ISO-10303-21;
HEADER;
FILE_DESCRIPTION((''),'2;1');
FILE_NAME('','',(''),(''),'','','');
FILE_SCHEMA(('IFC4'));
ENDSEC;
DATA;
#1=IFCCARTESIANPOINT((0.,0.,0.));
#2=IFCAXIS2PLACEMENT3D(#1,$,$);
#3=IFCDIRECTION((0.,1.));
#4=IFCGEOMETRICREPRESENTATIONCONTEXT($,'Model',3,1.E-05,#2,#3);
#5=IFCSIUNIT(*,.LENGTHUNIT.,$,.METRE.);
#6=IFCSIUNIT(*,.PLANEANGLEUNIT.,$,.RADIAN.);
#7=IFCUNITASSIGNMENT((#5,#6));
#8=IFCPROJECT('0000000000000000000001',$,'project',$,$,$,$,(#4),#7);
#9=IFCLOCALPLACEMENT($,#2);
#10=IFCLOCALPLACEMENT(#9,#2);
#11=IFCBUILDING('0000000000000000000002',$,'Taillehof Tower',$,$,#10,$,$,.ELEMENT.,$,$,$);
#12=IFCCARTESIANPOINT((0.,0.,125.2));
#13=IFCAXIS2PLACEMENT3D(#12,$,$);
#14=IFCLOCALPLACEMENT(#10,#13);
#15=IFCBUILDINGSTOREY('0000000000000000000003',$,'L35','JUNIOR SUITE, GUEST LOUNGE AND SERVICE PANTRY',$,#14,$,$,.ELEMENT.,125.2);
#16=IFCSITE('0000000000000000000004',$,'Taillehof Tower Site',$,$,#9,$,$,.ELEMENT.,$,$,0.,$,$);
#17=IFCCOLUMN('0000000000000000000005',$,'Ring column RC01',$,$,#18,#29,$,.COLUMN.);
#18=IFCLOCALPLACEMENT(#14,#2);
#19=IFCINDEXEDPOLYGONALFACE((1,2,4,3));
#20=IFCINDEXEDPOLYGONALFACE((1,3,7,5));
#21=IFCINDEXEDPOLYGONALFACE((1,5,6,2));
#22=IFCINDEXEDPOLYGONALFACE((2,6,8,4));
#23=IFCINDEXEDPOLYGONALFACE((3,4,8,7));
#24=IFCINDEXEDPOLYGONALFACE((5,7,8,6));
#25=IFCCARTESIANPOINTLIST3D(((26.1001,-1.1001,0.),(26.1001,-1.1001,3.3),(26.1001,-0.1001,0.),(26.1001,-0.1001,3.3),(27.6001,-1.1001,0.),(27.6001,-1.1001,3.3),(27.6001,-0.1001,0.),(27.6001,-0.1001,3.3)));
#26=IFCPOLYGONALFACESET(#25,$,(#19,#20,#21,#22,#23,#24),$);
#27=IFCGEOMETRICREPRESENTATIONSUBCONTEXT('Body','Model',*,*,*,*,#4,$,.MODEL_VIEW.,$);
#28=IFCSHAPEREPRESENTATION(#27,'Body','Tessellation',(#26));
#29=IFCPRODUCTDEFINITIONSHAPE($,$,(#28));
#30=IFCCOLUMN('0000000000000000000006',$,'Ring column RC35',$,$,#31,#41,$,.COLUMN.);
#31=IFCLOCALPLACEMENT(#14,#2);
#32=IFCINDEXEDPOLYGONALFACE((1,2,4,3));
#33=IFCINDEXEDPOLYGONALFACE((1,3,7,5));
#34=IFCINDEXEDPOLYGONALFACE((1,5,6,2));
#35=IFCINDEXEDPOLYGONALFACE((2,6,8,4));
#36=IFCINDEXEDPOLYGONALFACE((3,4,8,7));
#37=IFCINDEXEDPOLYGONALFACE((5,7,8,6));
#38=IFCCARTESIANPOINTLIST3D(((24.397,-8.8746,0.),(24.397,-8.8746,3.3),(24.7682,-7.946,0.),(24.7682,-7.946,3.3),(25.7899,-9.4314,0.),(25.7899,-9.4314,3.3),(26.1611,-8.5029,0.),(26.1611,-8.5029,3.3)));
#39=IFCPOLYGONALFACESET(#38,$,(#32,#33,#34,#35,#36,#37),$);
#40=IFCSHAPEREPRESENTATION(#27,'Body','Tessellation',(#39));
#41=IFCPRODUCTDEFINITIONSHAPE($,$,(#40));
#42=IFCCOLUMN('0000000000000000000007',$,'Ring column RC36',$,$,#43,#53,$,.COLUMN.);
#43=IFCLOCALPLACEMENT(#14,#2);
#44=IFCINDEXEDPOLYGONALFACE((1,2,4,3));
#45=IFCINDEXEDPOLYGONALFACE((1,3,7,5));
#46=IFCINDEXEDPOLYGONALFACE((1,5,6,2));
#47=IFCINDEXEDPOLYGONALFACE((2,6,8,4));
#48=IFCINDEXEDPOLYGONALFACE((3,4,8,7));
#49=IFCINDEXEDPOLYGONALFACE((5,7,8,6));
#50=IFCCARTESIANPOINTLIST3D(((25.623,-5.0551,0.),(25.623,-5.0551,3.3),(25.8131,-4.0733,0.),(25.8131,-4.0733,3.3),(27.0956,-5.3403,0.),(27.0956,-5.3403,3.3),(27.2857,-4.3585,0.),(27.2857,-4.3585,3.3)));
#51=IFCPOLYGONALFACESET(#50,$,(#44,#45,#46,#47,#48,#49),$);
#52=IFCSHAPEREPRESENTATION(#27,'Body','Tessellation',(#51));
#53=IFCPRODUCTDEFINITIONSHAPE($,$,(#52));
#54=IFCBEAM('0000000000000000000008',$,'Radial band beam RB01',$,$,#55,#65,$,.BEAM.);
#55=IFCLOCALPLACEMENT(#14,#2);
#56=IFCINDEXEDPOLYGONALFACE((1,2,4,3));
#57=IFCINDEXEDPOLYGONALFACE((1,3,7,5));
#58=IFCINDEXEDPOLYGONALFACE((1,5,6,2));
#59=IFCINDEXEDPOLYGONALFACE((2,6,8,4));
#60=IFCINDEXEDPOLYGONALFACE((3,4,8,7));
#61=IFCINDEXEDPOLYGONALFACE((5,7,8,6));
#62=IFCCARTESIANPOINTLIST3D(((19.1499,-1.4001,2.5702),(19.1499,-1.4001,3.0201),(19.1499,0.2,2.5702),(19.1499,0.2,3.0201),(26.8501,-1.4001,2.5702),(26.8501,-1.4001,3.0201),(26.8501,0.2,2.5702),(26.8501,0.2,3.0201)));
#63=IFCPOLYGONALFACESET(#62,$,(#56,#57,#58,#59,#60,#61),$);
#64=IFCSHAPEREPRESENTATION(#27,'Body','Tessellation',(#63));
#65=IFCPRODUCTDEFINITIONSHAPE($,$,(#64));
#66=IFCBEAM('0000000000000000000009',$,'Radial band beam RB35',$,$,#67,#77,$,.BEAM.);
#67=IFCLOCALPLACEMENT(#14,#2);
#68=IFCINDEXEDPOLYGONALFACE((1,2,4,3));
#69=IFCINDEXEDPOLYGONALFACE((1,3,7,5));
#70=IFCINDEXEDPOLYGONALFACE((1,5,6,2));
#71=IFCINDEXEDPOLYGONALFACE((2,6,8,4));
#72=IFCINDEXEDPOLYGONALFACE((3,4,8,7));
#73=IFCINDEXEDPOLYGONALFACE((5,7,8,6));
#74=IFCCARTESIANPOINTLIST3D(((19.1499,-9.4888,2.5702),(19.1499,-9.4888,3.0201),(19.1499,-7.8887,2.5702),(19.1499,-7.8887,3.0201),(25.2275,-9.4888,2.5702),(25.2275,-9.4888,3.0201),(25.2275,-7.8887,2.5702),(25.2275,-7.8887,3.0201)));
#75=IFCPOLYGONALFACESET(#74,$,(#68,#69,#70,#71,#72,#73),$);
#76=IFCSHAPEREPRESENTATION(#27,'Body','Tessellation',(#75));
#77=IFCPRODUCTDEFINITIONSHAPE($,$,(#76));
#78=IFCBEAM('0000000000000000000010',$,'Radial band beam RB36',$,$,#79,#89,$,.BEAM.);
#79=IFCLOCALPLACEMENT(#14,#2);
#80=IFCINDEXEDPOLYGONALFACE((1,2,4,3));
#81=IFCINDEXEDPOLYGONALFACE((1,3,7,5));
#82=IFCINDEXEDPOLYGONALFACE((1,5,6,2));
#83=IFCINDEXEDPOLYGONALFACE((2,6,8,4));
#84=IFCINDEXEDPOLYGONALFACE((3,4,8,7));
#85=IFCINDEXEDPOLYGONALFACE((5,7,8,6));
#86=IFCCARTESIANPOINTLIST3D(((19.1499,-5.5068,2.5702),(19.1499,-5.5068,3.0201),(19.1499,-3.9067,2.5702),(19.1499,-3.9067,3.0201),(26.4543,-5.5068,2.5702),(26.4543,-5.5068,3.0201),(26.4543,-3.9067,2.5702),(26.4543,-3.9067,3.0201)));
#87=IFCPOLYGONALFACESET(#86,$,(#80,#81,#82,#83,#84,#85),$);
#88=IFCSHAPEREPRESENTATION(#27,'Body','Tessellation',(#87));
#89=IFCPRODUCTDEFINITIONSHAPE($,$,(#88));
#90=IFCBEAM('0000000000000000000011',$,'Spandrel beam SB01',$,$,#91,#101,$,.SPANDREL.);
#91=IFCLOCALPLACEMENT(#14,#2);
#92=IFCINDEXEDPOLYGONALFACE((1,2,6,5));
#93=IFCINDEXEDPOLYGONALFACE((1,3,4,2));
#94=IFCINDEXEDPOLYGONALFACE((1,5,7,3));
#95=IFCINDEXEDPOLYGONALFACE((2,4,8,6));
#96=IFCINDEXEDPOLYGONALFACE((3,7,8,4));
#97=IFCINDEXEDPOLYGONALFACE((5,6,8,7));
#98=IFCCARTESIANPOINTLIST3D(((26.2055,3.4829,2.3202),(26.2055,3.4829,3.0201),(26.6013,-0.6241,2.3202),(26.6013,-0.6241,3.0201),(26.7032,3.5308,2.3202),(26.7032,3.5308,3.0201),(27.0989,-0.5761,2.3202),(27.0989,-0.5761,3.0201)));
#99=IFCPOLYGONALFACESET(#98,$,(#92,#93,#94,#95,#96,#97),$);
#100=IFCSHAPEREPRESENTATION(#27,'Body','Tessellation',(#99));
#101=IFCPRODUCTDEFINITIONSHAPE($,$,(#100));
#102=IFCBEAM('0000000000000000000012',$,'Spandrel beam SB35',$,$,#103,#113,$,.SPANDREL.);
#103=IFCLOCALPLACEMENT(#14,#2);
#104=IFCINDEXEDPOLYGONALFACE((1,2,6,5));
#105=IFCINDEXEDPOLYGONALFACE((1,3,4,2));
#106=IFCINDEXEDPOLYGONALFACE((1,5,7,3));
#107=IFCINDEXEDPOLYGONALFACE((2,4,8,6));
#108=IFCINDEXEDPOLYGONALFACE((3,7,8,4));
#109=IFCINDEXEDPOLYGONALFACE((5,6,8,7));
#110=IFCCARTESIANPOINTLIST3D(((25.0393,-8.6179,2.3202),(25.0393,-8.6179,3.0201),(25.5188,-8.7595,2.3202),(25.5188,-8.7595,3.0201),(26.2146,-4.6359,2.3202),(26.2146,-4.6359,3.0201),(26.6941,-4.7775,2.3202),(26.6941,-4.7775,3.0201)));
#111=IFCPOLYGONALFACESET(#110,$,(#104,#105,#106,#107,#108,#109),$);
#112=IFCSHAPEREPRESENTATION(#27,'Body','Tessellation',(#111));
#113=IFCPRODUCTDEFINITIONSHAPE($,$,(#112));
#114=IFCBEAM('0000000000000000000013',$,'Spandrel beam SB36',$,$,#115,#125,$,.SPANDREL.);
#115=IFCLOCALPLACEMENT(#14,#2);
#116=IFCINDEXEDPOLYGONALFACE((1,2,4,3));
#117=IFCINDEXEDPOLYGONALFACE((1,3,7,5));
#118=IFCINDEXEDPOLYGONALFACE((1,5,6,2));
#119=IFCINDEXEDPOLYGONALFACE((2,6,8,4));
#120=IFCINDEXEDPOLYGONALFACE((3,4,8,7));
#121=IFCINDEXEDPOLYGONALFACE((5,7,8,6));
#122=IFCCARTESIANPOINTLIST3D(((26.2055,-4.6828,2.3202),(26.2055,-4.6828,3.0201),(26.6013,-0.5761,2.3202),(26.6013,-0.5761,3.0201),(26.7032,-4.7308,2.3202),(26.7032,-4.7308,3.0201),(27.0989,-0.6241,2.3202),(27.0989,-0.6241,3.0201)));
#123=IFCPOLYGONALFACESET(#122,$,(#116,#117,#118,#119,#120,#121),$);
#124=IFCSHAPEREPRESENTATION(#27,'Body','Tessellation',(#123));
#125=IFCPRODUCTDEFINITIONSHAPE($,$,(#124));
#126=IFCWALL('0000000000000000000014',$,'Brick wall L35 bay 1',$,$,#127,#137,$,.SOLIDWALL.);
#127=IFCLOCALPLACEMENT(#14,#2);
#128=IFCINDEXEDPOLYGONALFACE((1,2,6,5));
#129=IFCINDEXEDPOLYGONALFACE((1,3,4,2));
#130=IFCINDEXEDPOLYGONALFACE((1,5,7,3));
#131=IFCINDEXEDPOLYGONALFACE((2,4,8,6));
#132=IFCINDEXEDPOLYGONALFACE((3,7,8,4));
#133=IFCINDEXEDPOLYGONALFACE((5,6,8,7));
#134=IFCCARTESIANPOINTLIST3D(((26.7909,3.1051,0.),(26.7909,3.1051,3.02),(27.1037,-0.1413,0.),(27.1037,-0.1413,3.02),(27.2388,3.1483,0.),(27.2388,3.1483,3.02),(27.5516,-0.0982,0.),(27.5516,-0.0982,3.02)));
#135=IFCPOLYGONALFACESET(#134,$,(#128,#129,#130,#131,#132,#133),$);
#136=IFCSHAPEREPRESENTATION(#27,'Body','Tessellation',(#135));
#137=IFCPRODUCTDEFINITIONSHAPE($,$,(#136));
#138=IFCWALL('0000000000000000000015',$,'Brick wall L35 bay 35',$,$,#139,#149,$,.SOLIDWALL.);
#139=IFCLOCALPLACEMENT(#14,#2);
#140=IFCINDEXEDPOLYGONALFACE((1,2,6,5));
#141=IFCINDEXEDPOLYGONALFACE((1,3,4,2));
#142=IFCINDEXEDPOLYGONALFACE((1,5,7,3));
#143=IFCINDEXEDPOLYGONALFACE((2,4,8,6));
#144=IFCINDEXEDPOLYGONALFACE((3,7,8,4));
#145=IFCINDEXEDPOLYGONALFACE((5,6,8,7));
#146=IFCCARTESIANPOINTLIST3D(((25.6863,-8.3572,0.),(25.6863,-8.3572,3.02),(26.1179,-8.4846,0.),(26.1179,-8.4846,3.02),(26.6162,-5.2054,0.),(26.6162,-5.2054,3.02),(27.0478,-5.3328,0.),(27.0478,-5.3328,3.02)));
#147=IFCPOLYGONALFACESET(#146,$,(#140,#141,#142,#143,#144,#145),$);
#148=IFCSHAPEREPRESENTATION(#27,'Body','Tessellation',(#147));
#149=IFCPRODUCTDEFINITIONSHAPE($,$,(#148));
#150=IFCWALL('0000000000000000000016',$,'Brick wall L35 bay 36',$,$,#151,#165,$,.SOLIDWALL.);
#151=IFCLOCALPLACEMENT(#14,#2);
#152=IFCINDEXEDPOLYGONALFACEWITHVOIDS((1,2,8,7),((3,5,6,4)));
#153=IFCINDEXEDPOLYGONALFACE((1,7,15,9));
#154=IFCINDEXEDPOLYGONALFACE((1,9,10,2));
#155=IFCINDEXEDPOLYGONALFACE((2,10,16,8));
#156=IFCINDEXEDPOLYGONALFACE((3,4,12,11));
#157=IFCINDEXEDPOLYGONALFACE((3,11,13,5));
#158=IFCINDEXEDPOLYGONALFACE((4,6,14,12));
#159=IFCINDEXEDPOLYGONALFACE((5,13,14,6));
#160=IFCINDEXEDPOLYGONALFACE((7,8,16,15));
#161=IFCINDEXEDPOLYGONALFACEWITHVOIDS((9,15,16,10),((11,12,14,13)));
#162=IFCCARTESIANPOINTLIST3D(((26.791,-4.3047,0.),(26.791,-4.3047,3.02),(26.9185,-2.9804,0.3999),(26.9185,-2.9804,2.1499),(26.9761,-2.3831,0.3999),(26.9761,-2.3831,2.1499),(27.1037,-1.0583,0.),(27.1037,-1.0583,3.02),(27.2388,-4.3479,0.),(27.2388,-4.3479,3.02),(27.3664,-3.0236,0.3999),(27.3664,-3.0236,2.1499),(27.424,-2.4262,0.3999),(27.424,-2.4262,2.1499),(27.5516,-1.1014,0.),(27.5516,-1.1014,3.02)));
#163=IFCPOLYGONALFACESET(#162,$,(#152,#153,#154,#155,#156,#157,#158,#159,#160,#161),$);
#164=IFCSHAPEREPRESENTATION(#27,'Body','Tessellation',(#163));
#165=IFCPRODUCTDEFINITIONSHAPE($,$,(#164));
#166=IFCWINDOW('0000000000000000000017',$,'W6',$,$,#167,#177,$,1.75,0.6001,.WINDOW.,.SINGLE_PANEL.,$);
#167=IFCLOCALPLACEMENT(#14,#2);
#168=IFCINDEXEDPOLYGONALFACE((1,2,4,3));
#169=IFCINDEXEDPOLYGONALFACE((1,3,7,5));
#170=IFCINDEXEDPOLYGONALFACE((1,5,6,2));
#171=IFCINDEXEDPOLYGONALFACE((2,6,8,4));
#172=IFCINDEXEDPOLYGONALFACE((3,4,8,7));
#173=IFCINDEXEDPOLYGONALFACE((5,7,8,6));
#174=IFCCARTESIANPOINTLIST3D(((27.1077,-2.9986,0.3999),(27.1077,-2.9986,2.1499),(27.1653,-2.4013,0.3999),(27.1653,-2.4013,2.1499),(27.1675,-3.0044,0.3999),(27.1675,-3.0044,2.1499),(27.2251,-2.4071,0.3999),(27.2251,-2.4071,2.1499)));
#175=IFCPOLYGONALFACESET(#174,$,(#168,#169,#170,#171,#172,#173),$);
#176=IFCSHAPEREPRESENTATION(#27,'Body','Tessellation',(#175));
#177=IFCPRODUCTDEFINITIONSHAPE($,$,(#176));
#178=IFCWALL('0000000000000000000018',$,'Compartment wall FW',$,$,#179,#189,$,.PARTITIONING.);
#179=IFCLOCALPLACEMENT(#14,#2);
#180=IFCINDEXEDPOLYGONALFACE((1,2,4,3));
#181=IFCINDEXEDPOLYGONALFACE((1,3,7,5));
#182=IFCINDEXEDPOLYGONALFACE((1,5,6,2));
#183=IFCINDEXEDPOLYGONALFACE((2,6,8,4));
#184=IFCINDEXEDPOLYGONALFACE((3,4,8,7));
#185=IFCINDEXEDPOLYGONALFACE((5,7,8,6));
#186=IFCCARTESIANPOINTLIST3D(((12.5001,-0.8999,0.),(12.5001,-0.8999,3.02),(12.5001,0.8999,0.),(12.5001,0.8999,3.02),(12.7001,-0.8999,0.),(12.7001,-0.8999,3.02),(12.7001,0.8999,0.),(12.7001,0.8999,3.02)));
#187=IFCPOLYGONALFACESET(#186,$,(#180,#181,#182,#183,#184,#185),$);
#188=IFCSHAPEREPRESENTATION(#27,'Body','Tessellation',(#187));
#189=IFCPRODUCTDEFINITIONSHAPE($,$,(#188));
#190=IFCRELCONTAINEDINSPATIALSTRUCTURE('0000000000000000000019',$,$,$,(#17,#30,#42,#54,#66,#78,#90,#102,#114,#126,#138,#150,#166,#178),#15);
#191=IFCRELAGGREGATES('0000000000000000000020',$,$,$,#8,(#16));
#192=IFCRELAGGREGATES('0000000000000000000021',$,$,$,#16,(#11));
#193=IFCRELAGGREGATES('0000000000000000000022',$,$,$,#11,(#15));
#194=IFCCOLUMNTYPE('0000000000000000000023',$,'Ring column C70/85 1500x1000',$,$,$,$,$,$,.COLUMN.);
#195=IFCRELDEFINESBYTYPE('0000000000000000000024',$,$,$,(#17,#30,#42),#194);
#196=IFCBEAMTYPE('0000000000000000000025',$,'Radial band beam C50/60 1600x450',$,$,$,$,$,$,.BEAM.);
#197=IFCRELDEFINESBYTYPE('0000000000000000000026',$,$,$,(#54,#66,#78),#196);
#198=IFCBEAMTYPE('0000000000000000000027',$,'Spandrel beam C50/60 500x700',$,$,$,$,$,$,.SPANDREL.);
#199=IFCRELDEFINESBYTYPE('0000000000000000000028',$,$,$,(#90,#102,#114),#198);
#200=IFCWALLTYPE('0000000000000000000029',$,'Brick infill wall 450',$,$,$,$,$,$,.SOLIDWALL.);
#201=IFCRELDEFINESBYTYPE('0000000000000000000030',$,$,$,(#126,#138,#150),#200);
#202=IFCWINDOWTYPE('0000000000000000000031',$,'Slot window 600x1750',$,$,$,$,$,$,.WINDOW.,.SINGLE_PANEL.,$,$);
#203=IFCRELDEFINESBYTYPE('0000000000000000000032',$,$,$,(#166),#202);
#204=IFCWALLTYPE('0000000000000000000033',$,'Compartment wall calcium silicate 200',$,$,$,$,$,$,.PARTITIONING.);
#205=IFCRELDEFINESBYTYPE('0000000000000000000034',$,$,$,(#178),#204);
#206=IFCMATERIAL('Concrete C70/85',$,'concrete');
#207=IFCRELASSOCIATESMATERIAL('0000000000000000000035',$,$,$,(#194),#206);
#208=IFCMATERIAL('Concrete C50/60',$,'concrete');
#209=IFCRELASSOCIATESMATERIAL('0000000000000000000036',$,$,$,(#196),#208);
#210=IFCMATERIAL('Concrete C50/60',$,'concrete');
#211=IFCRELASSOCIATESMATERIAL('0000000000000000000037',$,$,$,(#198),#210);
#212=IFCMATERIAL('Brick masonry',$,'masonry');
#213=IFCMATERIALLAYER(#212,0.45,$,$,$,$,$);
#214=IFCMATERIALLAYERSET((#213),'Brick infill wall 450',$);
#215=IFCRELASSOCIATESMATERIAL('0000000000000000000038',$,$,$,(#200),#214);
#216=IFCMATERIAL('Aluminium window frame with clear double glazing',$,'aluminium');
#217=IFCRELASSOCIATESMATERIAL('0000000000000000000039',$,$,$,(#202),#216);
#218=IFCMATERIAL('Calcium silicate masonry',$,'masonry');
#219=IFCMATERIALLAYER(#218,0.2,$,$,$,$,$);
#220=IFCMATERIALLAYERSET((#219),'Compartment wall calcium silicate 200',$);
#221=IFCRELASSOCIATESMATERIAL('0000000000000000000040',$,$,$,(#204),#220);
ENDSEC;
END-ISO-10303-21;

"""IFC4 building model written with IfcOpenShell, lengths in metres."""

from ifc_helpers import new_model, si_unit, direction, frame, frame_2d, origin, origin_2d, place, context, subcontext, project, spatial, rectangle, extrude, material, layer, layer_set, material_profile, profile_set, type_object, element, fill, save


model = new_model("IFC4")

# Units and contexts
model_context = context("Model", 3, precision=1e-05, world=origin(), true_north=direction((0.0, 1.0)))
body_context = subcontext(model_context, "Body", "Model", "MODEL_VIEW")
ifc_project = project(units=[si_unit("LENGTHUNIT", "METRE"), si_unit("PLANEANGLEUNIT", "RADIAN")], contexts=[model_context])

# Site, building, storey
site_placement = place(None, origin())
site = spatial("IfcSite", under=ifc_project, at=site_placement, Name="Taillehof Tower Site", CompositionType="ELEMENT", RefElevation=0.0)
building_placement = place(site_placement, origin())
building = spatial("IfcBuilding", under=site, at=building_placement, Name="Taillehof Tower", CompositionType="ELEMENT")
storey_placement = place(building_placement, frame((0.0, 0.0, 125.2)))
storey = spatial("IfcBuildingStorey", under=building, at=storey_placement, Name="L35", Description="JUNIOR SUITE, GUEST LOUNGE AND SERVICE PANTRY", CompositionType="ELEMENT", Elevation=125.2)

# Columns
ifc_material_1 = material(Name="Concrete C70/85", Category="concrete")
ifc_material_profile_1 = material_profile(ifc_material_1, rectangle(XDim=1.5, YDim=1.0, at=origin_2d()), Name="RC 1500x1000")
ifc_profile_set_1 = profile_set([ifc_material_profile_1], Name="Concrete C70/85")
column_type = type_object("IfcColumnType", Name="Ring column C70/85 1500x1000", PredefinedType="COLUMN", material=ifc_profile_set_1)
for number, where, z_axis, x_axis, name in (
    (1, (26.8501, -0.6001, 0.0), (0.0, 0.0, 1.0), (1.0, 0.0, 0.0), "Ring column RC01"),
    (2, (25.2791, -8.6887, 0.0), (0.0, 0.0, 1.0), (0.92855, -0.371207, 0.0), "Ring column RC35"),
    (3, (26.4543, -4.7068, 0.0), (0.0, 0.0, 1.0), (0.981757, -0.190138, 0.0), "Ring column RC36"),
):
    element("IfcColumn", number, at=place(storey_placement, frame(where, z_axis=z_axis, x_axis=x_axis)), inside=storey, type_object=column_type, Name=name, PredefinedType="COLUMN", context=body_context, shape_type="SweptSolid", body=[
        extrude(rectangle(XDim=1.5, YDim=1.0, at=origin_2d()), origin(), (0.0, 0.0, 1.0), 3.3),
    ])

# Beams
ifc_material_2 = material(Name="Concrete C50/60", Category="concrete")
ifc_material_profile_2 = material_profile(ifc_material_2, rectangle(XDim=1.6001, YDim=0.45, at=origin_2d()), Name="RC 1600x450")
ifc_profile_set_2 = profile_set([ifc_material_profile_2], Name="Concrete C50/60")
beam_type_1 = type_object("IfcBeamType", Name="Radial band beam C50/60 1600x450", PredefinedType="BEAM", material=ifc_profile_set_2)
beam_1_placement = place(storey_placement, frame((26.8501, -0.6001, 2.7952), z_axis=(-1.0, 0.0, 0.0), x_axis=(0.0, -1.0, 0.0)))
element("IfcBeam", 4, at=beam_1_placement, inside=storey, type_object=beam_type_1, Name="Radial band beam RB01", PredefinedType="BEAM", context=body_context, shape_type="SweptSolid", body=[
    extrude(rectangle(XDim=1.6001, YDim=0.45, at=origin_2d()), origin(), (0.0, 0.0, 1.0), 7.7002),
])
beam_2_placement = place(storey_placement, frame((25.2275, -8.6887, 2.7952), z_axis=(-1.0, 0.0, 0.0), x_axis=(0.0, -1.0, 0.0)))
element("IfcBeam", 5, at=beam_2_placement, inside=storey, type_object=beam_type_1, Name="Radial band beam RB35", PredefinedType="BEAM", context=body_context, shape_type="SweptSolid", body=[
    extrude(rectangle(XDim=1.6001, YDim=0.45, at=origin_2d()), origin(), (0.0, 0.0, 1.0), 6.0776),
])
beam_3_placement = place(storey_placement, frame((26.4543, -4.7068, 2.7952), z_axis=(-1.0, 0.0, 0.0), x_axis=(0.0, -1.0, 0.0)))
element("IfcBeam", 6, at=beam_3_placement, inside=storey, type_object=beam_type_1, Name="Radial band beam RB36", PredefinedType="BEAM", context=body_context, shape_type="SweptSolid", body=[
    extrude(rectangle(XDim=1.6001, YDim=0.45, at=origin_2d()), origin(), (0.0, 0.0, 1.0), 7.3044),
])
ifc_material_3 = material(Name="Concrete C50/60", Category="concrete")
ifc_material_profile_3 = material_profile(ifc_material_3, rectangle(XDim=0.5, YDim=0.7, at=origin_2d()), Name="RC 500x700")
ifc_profile_set_3 = profile_set([ifc_material_profile_3], Name="Concrete C50/60")
beam_type_2 = type_object("IfcBeamType", Name="Spandrel beam C50/60 500x700", PredefinedType="SPANDREL", material=ifc_profile_set_3)
beam_4_placement = place(storey_placement, frame((26.8501, -0.6001, 2.6702), z_axis=(-0.095918, 0.995389, 0.0), x_axis=(-0.995389, -0.095918, 0.0)))
element("IfcBeam", 7, at=beam_4_placement, inside=storey, type_object=beam_type_2, Name="Spandrel beam SB01", PredefinedType="SPANDREL", context=body_context, shape_type="SweptSolid", body=[
    extrude(rectangle(XDim=0.5, YDim=0.7, at=origin_2d()), origin(), (0.0, 0.0, 1.0), 4.126),
])
beam_5_placement = place(storey_placement, frame((25.2791, -8.6887, 2.6702), z_axis=(0.283083, 0.959095, 0.0), x_axis=(-0.959095, 0.283083, 0.0)))
element("IfcBeam", 8, at=beam_5_placement, inside=storey, type_object=beam_type_2, Name="Spandrel beam SB35", PredefinedType="SPANDREL", context=body_context, shape_type="SweptSolid", body=[
    extrude(rectangle(XDim=0.5, YDim=0.7, at=origin_2d()), origin(), (0.0, 0.0, 1.0), 4.1519),
])
beam_6_placement = place(storey_placement, frame((26.4543, -4.7068, 2.6702), z_axis=(0.095923, 0.995389, 0.0), x_axis=(-0.995389, 0.095923, 0.0)))
element("IfcBeam", 9, at=beam_6_placement, inside=storey, type_object=beam_type_2, Name="Spandrel beam SB36", PredefinedType="SPANDREL", context=body_context, shape_type="SweptSolid", body=[
    extrude(rectangle(XDim=0.5, YDim=0.7, at=origin_2d()), origin(), (0.0, 0.0, 1.0), 4.1257),
])

# Walls
ifc_material_4 = material(Name="Brick masonry", Category="masonry")
ifc_layer_1 = layer(ifc_material_4, 0.45)
ifc_layer_set_1 = layer_set([ifc_layer_1], Name="Brick infill wall 450")
wall_type_1 = type_object("IfcWallType", Name="Brick infill wall 450", PredefinedType="SOLIDWALL", material=ifc_layer_set_1)
wall_1_placement = place(storey_placement, frame((27.3276, -0.1199, 0.0), z_axis=(0.0, 0.0, 1.0), x_axis=(-0.095894, 0.995392, 0.0)))
element("IfcWall", 10, at=wall_1_placement, inside=storey, type_object=wall_type_1, Name="Brick wall L35 bay 1", PredefinedType="SOLIDWALL", context=body_context, shape_type="SweptSolid", body=[
    extrude(rectangle(XDim=3.2615, YDim=0.45, at=frame_2d((1.6309, 0.0))), origin(), (0.0, 0.0, 1.0), 3.02),
])
wall_2_placement = place(storey_placement, frame((25.9021, -8.4209, 0.0), z_axis=(0.0, 0.0, 1.0), x_axis=(0.282983, 0.959125, 0.0)))
element("IfcWall", 11, at=wall_2_placement, inside=storey, type_object=wall_type_1, Name="Brick wall L35 bay 35", PredefinedType="SOLIDWALL", context=body_context, shape_type="SweptSolid", body=[
    extrude(rectangle(XDim=3.2861, YDim=0.45, at=frame_2d((1.6431, 0.0))), origin(), (0.0, 0.0, 1.0), 3.02),
])

# Wall, opening, window
wall_3_placement = place(storey_placement, frame((27.0149, -4.3264, 0.0), z_axis=(0.0, 0.0, 1.0), x_axis=(0.095894, 0.995392, 0.0)))
wall_3 = element("IfcWall", 12, at=wall_3_placement, inside=storey, type_object=wall_type_1, Name="Brick wall L35 bay 36", PredefinedType="SOLIDWALL", context=body_context, shape_type="SweptSolid", body=[
    extrude(rectangle(XDim=3.2615, YDim=0.45, at=frame_2d((1.6309, 0.0))), origin(), (0.0, 0.0, 1.0), 3.02),
])
opening_1_placement = place(wall_3_placement, frame((1.3306, 0.0, 0.3999)))
opening_1 = element("IfcOpeningElement", 13, at=opening_1_placement, cuts=wall_3, PredefinedType="OPENING", context=body_context, shape_type="SweptSolid", body=[
    extrude(rectangle(XDim=0.6001, YDim=1.75, at=frame_2d((0.3, 0.875))), frame((0.0, 0.2349, 0.0), z_axis=(0.0, -1.0, 0.0), x_axis=(1.0, 0.0, 0.0)), (0.0, 0.0, 1.0), 0.47),
])
ifc_material_5 = material(Name="Aluminium window frame with clear double glazing", Category="aluminium")
window_type = type_object("IfcWindowType", Name="Slot window 600x1750", PartitioningType="SINGLE_PANEL", PredefinedType="WINDOW", material=ifc_material_5)
window_placement = place(opening_1_placement, origin())
window = element("IfcWindow", 14, at=window_placement, inside=storey, type_object=window_type, Name="W6", OverallHeight=1.75, OverallWidth=0.6001, PartitioningType="SINGLE_PANEL", PredefinedType="WINDOW", context=body_context, shape_type="SweptSolid", body=[
    extrude(rectangle(XDim=0.6001, YDim=1.75, at=frame_2d((0.3, 0.875))), frame((0.0, 0.0349, 0.0), z_axis=(0.0, -1.0, 0.0), x_axis=(1.0, 0.0, 0.0)), (0.0, 0.0, 1.0), 0.0601),
])
fill(opening_1, window)

# Wall
ifc_material_6 = material(Name="Calcium silicate masonry", Category="masonry")
ifc_layer_2 = layer(ifc_material_6, 0.2)
ifc_layer_set_2 = layer_set([ifc_layer_2], Name="Compartment wall calcium silicate 200")
wall_type_2 = type_object("IfcWallType", Name="Compartment wall calcium silicate 200", PredefinedType="PARTITIONING", material=ifc_layer_set_2)
wall_4_placement = place(storey_placement, frame((12.6001, -0.8999, 0.0), z_axis=(0.0, 0.0, 1.0), x_axis=(0.0, 1.0, 0.0)))
element("IfcWall", 15, at=wall_4_placement, inside=storey, type_object=wall_type_2, Name="Compartment wall FW", PredefinedType="PARTITIONING", context=body_context, shape_type="SweptSolid", body=[
    extrude(rectangle(XDim=1.7998, YDim=0.2, at=frame_2d((0.8999, 0.0))), origin(), (0.0, 0.0, 1.0), 3.02),
])

save(model, "model.ifc")
